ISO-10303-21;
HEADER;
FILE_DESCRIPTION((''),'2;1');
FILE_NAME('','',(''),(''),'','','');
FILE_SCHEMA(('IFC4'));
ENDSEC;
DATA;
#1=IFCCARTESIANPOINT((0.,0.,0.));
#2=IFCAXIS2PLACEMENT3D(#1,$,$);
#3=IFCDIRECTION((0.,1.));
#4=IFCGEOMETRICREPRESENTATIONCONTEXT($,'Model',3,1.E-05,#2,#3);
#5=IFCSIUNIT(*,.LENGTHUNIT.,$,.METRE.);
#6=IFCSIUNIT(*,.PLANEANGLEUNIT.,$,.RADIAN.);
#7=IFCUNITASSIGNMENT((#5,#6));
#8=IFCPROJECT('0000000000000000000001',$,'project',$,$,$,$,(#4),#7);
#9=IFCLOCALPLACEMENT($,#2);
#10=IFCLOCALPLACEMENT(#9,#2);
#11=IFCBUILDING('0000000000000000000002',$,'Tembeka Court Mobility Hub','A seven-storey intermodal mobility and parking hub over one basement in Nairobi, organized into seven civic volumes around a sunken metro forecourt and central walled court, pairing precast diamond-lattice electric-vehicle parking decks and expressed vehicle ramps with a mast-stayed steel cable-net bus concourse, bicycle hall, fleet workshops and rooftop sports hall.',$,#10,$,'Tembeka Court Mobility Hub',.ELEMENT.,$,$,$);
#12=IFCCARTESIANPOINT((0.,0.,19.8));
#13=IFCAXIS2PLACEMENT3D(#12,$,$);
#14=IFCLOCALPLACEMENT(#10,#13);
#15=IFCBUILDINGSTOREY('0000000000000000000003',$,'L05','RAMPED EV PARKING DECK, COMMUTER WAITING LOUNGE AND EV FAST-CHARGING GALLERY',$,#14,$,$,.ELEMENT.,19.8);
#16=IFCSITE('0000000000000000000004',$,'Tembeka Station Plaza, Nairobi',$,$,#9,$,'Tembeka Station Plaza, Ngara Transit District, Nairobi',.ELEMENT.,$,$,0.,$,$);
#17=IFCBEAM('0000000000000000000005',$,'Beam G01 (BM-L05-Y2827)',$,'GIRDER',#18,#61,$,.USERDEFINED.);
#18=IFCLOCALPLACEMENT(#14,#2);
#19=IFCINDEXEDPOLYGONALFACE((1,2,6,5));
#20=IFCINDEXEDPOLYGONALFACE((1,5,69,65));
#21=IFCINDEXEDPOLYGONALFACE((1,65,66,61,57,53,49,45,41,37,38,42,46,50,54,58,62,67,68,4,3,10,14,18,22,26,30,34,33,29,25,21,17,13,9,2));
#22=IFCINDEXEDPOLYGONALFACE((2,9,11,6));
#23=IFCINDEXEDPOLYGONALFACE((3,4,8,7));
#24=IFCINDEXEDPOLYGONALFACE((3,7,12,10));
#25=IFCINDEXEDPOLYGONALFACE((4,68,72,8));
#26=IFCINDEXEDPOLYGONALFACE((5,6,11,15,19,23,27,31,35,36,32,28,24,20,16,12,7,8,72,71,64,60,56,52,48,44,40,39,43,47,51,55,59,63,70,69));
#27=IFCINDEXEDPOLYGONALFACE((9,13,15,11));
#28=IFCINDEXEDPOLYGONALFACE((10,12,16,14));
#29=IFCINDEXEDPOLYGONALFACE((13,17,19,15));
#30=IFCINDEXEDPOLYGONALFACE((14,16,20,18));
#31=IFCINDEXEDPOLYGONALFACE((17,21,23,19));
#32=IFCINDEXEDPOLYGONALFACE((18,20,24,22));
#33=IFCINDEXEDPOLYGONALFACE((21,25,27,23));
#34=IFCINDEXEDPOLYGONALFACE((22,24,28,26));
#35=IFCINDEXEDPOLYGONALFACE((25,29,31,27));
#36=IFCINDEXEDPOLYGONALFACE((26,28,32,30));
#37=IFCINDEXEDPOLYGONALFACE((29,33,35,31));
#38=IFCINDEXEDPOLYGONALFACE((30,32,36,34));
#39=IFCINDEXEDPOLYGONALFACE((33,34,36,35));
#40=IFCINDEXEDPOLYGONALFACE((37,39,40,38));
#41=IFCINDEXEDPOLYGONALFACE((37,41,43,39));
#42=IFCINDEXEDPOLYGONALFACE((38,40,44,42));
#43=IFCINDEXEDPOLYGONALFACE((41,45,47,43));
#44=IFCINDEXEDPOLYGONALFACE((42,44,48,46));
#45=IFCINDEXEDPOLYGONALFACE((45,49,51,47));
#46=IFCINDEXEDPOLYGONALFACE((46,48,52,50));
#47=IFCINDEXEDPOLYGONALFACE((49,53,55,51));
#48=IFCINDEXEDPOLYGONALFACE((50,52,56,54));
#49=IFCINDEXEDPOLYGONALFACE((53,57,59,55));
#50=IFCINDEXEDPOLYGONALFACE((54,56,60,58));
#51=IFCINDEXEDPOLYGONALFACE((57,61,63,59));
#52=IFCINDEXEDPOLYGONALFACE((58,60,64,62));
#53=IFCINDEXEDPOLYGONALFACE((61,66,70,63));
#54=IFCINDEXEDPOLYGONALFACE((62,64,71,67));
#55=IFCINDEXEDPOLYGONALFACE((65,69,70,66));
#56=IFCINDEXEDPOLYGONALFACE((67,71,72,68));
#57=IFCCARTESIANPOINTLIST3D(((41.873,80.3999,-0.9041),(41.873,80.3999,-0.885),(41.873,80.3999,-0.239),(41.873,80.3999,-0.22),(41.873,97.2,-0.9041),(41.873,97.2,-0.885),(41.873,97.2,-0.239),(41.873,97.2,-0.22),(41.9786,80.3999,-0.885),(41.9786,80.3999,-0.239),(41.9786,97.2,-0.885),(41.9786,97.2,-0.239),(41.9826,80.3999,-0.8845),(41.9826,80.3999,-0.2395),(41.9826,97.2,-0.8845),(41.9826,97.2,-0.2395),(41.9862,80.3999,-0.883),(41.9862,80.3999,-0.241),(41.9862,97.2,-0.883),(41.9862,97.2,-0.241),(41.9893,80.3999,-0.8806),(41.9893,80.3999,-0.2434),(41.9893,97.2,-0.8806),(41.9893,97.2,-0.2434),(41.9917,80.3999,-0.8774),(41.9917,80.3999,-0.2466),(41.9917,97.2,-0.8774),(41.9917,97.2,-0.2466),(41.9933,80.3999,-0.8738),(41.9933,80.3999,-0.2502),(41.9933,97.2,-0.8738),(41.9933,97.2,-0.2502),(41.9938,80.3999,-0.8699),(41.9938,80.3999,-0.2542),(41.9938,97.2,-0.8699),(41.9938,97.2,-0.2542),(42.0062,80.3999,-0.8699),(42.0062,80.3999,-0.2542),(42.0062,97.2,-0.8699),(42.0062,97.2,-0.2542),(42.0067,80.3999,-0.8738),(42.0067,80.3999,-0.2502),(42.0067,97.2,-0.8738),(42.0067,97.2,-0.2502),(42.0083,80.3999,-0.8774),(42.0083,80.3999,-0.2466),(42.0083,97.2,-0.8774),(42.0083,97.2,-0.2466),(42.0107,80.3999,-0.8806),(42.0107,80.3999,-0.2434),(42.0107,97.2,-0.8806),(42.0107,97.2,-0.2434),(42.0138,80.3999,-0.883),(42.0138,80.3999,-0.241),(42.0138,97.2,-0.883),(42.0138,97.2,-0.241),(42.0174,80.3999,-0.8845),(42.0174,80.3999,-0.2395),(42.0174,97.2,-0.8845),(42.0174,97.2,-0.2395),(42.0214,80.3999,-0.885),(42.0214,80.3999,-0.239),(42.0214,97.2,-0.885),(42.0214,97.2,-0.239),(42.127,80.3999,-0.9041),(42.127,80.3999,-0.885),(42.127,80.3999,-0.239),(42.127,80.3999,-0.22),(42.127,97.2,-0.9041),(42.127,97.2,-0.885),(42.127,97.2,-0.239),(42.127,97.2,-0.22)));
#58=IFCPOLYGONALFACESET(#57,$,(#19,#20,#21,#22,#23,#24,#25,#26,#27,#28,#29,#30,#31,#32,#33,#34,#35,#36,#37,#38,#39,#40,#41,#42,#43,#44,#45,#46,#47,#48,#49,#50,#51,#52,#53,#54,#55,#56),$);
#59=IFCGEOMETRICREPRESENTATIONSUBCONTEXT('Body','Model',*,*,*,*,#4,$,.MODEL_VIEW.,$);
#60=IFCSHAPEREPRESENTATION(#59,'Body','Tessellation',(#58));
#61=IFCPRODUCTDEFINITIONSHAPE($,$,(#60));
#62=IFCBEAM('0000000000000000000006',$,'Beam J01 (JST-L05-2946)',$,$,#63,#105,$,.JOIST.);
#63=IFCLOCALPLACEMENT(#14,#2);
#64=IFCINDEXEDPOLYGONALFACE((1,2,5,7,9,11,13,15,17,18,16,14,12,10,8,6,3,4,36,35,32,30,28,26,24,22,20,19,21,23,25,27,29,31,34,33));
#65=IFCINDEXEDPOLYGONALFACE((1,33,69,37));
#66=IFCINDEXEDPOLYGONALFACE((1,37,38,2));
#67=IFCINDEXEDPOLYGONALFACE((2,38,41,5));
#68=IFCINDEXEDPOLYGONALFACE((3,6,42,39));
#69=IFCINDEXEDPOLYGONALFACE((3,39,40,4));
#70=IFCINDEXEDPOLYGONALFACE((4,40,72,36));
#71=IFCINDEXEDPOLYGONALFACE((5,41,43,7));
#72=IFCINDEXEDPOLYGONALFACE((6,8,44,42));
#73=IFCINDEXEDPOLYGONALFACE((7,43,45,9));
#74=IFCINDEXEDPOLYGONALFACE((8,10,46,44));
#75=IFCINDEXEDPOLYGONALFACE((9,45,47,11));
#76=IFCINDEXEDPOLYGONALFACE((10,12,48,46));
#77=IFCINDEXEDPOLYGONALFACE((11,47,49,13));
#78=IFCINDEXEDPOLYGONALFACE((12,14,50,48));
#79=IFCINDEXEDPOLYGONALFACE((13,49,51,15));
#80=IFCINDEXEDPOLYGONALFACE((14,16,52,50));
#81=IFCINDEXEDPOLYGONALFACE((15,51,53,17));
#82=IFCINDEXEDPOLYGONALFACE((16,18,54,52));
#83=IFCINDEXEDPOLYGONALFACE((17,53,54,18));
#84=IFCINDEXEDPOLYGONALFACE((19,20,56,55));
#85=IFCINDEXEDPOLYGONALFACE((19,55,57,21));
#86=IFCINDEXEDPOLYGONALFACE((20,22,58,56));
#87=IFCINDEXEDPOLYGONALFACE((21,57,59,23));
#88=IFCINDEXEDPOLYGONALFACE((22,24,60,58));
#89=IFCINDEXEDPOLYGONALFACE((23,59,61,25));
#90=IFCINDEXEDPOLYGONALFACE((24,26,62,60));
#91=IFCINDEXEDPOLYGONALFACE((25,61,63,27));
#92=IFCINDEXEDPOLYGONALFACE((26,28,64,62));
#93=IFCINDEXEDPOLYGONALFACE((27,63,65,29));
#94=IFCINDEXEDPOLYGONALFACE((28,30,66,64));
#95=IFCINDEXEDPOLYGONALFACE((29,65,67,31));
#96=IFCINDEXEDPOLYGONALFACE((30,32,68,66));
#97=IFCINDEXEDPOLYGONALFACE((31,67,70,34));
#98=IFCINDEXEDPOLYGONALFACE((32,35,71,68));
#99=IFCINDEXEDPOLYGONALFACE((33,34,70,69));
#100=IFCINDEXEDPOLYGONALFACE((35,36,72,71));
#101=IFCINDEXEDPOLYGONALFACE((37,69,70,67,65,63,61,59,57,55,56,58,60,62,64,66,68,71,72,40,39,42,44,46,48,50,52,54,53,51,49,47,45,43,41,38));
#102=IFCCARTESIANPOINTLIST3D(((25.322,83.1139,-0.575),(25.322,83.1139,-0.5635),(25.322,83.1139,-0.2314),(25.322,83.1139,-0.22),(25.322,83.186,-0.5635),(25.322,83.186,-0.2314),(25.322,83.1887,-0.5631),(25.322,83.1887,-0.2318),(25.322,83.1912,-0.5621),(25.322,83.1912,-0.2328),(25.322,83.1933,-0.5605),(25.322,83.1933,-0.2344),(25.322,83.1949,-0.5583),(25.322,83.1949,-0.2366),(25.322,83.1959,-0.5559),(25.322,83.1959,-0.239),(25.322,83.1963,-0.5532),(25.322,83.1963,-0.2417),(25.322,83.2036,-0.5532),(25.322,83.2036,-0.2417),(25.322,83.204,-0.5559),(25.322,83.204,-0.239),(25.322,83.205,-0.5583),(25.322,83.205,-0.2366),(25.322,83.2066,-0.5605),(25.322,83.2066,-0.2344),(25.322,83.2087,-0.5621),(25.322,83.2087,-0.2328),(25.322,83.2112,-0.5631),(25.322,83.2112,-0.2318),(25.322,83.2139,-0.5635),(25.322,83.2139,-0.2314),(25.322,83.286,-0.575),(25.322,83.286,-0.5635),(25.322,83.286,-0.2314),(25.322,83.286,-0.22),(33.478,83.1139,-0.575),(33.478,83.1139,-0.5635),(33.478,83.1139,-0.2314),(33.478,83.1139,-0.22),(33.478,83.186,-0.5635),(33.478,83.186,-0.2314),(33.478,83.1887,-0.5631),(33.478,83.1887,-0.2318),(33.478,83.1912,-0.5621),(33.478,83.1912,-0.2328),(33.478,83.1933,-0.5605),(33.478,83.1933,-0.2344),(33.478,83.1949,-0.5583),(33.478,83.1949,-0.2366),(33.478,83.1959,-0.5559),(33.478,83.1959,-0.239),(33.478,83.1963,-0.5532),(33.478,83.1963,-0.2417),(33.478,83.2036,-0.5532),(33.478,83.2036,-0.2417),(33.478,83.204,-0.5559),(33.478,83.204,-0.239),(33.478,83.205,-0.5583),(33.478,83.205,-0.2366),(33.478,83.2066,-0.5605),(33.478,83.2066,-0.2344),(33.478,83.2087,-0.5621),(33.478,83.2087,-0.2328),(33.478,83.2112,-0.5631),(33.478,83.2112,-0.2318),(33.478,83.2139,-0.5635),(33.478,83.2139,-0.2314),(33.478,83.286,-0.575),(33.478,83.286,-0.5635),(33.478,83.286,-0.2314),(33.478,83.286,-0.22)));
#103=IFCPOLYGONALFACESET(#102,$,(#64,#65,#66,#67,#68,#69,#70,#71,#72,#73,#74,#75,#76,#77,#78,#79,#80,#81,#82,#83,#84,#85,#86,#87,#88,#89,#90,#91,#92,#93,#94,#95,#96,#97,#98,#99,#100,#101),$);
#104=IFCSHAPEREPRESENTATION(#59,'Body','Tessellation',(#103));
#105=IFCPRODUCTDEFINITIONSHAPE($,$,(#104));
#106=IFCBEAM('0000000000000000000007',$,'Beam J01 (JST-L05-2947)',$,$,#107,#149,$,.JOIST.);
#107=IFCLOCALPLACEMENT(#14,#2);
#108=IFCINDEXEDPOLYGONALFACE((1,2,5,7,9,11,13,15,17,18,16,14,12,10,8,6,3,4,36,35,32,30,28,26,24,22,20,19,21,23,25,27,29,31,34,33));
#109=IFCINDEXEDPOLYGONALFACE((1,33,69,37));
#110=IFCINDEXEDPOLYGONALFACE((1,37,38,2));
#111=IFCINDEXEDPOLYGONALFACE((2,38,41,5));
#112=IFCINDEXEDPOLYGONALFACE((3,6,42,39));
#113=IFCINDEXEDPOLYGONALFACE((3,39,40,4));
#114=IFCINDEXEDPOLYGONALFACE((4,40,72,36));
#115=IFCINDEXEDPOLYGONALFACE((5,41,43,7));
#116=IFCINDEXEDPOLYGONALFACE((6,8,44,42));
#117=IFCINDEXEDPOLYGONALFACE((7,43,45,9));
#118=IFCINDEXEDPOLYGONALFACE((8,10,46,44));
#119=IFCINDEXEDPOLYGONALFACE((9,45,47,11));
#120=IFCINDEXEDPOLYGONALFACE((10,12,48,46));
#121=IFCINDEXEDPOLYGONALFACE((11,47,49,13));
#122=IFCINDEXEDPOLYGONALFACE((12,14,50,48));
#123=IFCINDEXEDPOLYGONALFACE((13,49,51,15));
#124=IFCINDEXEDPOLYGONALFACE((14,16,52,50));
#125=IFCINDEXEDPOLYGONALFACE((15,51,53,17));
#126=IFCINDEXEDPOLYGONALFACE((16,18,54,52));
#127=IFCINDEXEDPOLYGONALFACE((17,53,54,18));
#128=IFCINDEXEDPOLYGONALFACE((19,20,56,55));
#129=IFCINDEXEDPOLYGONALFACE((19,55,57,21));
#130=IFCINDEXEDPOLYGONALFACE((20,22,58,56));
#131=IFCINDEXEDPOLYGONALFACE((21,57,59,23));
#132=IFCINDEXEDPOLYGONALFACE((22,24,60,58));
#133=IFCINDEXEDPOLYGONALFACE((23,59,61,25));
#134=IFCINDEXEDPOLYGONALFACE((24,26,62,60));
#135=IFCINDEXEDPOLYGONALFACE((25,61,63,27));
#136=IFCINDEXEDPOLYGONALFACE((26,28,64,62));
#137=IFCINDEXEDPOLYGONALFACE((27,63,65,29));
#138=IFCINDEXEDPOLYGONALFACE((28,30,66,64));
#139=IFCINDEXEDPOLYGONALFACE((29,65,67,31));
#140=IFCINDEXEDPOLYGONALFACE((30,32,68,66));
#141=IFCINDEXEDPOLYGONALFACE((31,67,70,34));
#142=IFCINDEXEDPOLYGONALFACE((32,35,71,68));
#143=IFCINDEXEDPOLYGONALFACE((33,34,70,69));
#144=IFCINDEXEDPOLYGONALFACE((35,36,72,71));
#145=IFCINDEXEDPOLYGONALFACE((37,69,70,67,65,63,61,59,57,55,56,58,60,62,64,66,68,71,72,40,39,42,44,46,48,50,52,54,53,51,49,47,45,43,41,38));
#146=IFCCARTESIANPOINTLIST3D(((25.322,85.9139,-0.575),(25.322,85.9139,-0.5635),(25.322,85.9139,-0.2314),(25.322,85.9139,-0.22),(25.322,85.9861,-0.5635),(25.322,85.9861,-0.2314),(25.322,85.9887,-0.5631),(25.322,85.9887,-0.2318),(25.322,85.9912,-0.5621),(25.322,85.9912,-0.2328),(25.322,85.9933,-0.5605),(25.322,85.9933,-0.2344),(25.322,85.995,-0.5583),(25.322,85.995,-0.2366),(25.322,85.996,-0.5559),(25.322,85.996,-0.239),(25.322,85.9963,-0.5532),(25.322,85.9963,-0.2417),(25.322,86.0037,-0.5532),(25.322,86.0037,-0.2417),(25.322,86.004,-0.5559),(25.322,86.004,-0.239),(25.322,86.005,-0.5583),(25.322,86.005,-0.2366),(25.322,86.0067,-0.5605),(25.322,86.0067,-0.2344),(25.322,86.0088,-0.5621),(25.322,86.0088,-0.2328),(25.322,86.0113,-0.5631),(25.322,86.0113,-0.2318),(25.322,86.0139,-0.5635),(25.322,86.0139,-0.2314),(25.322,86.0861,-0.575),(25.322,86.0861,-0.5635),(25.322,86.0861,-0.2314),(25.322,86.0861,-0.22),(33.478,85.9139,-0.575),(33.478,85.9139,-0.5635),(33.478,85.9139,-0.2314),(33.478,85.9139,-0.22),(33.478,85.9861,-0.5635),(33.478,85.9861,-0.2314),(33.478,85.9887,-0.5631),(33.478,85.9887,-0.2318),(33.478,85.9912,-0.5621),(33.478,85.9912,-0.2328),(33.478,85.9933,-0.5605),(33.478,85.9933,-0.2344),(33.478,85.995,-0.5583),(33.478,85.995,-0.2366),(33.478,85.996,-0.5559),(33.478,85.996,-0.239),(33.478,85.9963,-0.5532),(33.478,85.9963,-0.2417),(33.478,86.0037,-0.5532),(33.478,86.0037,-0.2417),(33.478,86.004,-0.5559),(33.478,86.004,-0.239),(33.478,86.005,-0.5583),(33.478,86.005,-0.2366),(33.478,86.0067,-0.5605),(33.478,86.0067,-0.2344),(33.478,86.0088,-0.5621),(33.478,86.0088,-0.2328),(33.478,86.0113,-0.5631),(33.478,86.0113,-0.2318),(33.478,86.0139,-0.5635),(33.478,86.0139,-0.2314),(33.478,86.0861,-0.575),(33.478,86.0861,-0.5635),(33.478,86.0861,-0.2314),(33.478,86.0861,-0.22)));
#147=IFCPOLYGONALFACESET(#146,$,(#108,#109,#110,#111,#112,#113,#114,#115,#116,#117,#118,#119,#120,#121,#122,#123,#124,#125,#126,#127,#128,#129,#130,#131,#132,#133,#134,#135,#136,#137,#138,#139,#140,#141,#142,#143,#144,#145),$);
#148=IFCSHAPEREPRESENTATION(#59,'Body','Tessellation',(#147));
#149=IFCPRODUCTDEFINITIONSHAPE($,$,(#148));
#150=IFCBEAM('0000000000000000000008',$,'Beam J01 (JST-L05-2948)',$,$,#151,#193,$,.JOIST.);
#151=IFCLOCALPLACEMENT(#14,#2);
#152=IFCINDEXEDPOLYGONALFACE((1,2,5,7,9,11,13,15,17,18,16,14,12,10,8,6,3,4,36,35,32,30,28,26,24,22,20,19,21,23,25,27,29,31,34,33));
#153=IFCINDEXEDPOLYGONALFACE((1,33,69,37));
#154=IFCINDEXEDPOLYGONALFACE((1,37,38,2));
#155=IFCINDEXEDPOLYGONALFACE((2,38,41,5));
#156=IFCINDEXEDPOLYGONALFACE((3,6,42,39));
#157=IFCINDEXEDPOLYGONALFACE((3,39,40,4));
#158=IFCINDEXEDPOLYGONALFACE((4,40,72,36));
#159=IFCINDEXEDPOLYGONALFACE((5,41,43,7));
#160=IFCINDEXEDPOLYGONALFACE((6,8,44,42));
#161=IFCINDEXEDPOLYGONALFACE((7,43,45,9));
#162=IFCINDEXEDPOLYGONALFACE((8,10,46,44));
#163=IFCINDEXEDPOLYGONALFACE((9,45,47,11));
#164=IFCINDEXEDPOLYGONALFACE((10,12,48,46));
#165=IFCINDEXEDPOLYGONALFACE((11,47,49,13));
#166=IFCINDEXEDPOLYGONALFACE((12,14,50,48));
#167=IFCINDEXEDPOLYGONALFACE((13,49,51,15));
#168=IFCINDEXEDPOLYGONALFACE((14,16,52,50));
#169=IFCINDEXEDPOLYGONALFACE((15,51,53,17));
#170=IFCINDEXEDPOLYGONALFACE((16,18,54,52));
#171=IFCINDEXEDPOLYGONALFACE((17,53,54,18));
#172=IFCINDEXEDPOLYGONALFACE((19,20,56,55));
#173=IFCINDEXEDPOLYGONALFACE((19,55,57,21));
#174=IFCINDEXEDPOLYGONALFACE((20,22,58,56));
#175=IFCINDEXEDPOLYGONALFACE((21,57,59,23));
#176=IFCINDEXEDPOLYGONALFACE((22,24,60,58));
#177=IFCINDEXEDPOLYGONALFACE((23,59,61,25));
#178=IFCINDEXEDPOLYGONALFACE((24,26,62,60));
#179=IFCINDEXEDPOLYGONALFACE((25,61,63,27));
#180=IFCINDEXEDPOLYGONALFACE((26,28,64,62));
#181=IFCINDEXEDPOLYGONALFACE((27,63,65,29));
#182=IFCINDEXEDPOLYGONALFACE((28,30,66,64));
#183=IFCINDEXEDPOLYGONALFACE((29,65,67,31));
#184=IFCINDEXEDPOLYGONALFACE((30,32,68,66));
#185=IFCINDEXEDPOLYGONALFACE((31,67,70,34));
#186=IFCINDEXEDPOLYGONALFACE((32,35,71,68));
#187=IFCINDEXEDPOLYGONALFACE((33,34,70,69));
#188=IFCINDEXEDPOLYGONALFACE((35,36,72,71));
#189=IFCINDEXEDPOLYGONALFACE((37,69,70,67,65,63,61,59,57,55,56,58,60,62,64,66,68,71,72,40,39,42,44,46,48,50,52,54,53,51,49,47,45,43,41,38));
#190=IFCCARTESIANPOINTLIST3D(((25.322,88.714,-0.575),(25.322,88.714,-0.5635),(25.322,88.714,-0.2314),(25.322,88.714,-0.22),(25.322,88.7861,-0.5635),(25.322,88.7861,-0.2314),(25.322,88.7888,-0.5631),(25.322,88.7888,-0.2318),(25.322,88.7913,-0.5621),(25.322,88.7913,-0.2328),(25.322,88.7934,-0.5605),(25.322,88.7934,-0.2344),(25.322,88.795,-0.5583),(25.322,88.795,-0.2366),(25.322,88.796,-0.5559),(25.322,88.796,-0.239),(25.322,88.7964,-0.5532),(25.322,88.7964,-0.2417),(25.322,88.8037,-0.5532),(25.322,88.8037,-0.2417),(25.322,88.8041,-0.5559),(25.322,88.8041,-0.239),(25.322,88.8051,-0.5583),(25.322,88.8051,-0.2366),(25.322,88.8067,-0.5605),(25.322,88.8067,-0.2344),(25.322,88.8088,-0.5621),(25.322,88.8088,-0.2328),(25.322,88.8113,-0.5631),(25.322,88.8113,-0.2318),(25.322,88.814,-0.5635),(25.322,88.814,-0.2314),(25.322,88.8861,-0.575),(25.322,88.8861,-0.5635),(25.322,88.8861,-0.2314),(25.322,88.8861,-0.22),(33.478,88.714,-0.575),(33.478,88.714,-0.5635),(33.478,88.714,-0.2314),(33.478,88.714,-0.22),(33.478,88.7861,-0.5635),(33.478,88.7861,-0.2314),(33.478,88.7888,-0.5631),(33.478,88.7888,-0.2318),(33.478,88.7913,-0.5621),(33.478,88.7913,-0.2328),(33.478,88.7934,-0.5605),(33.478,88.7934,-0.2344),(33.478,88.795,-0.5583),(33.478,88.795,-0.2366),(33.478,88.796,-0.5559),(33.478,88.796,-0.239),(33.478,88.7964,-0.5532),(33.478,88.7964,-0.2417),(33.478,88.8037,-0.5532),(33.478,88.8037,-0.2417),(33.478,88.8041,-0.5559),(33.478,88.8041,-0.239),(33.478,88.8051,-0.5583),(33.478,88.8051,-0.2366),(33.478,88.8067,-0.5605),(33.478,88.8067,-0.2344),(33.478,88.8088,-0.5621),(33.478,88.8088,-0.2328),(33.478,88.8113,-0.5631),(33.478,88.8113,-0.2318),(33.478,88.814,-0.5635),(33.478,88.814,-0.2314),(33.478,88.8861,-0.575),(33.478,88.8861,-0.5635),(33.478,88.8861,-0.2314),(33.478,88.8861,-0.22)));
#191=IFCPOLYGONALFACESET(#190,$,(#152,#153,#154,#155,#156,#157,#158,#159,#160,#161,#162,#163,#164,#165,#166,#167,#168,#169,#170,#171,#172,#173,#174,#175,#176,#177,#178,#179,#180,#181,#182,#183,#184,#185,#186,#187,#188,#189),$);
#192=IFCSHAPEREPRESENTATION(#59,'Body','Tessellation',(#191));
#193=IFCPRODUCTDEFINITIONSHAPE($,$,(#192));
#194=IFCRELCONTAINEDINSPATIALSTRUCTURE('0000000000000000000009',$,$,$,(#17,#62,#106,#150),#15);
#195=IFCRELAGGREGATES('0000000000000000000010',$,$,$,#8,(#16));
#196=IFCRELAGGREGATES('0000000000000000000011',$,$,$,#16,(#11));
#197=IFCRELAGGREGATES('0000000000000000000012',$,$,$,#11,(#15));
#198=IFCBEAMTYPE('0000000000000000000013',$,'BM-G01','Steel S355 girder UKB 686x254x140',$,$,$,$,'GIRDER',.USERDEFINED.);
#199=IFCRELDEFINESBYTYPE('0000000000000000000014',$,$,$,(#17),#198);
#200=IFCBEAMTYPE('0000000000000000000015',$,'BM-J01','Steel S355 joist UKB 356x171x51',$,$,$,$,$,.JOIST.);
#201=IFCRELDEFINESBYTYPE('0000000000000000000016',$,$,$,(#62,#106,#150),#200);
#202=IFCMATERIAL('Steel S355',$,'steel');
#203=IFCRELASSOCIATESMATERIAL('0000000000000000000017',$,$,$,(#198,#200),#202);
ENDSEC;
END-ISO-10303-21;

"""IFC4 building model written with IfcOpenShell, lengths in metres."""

from ifc_helpers import new_model, si_unit, direction, frame, origin, origin_2d, place, context, subcontext, project, spatial, i_section, extrude, material, material_profile, profile_set, type_object, element, save


model = new_model("IFC4")

# Units and contexts
model_context = context("Model", 3, precision=1e-05, world=origin(), true_north=direction((0.0, 1.0)))
body_context = subcontext(model_context, "Body", "Model", "MODEL_VIEW")
ifc_project = project(units=[si_unit("LENGTHUNIT", "METRE"), si_unit("PLANEANGLEUNIT", "RADIAN")], contexts=[model_context])

# Site, building, storey
site_placement = place(None, origin())
site = spatial("IfcSite", under=ifc_project, at=site_placement, Name="Tembeka Station Plaza, Nairobi", LongName="Tembeka Station Plaza, Ngara Transit District, Nairobi", CompositionType="ELEMENT", RefElevation=0.0)
building_placement = place(site_placement, origin())
building = spatial("IfcBuilding", under=site, at=building_placement, Name="Tembeka Court Mobility Hub", Description="A seven-storey intermodal mobility and parking hub over one basement in Nairobi, organized into seven civic volumes around a sunken metro forecourt and central walled court, pairing precast diamond-lattice electric-vehicle parking decks and expressed vehicle ramps with a mast-stayed steel cable-net bus concourse, bicycle hall, fleet workshops and rooftop sports hall.", LongName="Tembeka Court Mobility Hub", CompositionType="ELEMENT")
storey_placement = place(building_placement, frame((0.0, 0.0, 19.8)))
storey = spatial("IfcBuildingStorey", under=building, at=storey_placement, Name="L05", Description="RAMPED EV PARKING DECK, COMMUTER WAITING LOUNGE AND EV FAST-CHARGING GALLERY", CompositionType="ELEMENT", Elevation=19.8)

# Shared definitions
ifc_material = material(Name="Steel S355", Category="steel")

# Beams
ifc_material_profile_1 = material_profile(ifc_material, i_section(OverallWidth=0.2539, OverallDepth=0.6841, WebThickness=0.0125, FlangeThickness=0.019, FilletRadius=0.0151, at=origin_2d()), Name="UKB 686x254x140")
ifc_profile_set_1 = profile_set([ifc_material_profile_1], Name="Steel S355")
beam_type_1 = type_object("IfcBeamType", Name="BM-G01", Description="Steel S355 girder UKB 686x254x140", ElementType="GIRDER", PredefinedType="USERDEFINED", material=ifc_profile_set_1)
for number, where, z_axis, x_axis, name in (
    (1, (42.0, 80.3999, -0.562), (0.0, 1.0, 0.0), (-1.0, 0.0, 0.0), "Beam G01 (BM-L05-Y2827)"),
):
    element("IfcBeam", number, at=place(storey_placement, frame(where, z_axis=z_axis, x_axis=x_axis)), inside=storey, type_object=beam_type_1, Name=name, ObjectType="GIRDER", PredefinedType="USERDEFINED", context=body_context, shape_type="SweptSolid", body=[
        extrude(i_section(OverallWidth=0.2539, OverallDepth=0.6841, WebThickness=0.0125, FlangeThickness=0.019, FilletRadius=0.0151, at=origin_2d()), origin(), (0.0, 0.0, 1.0), 16.8),
    ])
ifc_material_profile_2 = material_profile(ifc_material, i_section(OverallWidth=0.1721, OverallDepth=0.355, WebThickness=0.0073, FlangeThickness=0.0115, FilletRadius=0.0103, at=origin_2d()), Name="UKB 356x171x51")
ifc_profile_set_2 = profile_set([ifc_material_profile_2], Name="Steel S355")
beam_type_2 = type_object("IfcBeamType", Name="BM-J01", Description="Steel S355 joist UKB 356x171x51", PredefinedType="JOIST", material=ifc_profile_set_2)
for number, where, z_axis, x_axis, name in (
    (2, (25.322, 83.2, -0.3975), (1.0, 0.0, 0.0), (0.0, 1.0, 0.0), "Beam J01 (JST-L05-2946)"),
    (3, (25.322, 86.0, -0.3975), (1.0, 0.0, 0.0), (0.0, 1.0, 0.0), "Beam J01 (JST-L05-2947)"),
    (4, (25.322, 88.8, -0.3975), (1.0, 0.0, 0.0), (0.0, 1.0, 0.0), "Beam J01 (JST-L05-2948)"),
):
    element("IfcBeam", number, at=place(storey_placement, frame(where, z_axis=z_axis, x_axis=x_axis)), inside=storey, type_object=beam_type_2, Name=name, PredefinedType="JOIST", context=body_context, shape_type="SweptSolid", body=[
        extrude(i_section(OverallWidth=0.1721, OverallDepth=0.355, WebThickness=0.0073, FlangeThickness=0.0115, FilletRadius=0.0103, at=origin_2d()), origin(), (0.0, 0.0, 1.0), 8.156),
    ])

save(model, "model.ifc")
